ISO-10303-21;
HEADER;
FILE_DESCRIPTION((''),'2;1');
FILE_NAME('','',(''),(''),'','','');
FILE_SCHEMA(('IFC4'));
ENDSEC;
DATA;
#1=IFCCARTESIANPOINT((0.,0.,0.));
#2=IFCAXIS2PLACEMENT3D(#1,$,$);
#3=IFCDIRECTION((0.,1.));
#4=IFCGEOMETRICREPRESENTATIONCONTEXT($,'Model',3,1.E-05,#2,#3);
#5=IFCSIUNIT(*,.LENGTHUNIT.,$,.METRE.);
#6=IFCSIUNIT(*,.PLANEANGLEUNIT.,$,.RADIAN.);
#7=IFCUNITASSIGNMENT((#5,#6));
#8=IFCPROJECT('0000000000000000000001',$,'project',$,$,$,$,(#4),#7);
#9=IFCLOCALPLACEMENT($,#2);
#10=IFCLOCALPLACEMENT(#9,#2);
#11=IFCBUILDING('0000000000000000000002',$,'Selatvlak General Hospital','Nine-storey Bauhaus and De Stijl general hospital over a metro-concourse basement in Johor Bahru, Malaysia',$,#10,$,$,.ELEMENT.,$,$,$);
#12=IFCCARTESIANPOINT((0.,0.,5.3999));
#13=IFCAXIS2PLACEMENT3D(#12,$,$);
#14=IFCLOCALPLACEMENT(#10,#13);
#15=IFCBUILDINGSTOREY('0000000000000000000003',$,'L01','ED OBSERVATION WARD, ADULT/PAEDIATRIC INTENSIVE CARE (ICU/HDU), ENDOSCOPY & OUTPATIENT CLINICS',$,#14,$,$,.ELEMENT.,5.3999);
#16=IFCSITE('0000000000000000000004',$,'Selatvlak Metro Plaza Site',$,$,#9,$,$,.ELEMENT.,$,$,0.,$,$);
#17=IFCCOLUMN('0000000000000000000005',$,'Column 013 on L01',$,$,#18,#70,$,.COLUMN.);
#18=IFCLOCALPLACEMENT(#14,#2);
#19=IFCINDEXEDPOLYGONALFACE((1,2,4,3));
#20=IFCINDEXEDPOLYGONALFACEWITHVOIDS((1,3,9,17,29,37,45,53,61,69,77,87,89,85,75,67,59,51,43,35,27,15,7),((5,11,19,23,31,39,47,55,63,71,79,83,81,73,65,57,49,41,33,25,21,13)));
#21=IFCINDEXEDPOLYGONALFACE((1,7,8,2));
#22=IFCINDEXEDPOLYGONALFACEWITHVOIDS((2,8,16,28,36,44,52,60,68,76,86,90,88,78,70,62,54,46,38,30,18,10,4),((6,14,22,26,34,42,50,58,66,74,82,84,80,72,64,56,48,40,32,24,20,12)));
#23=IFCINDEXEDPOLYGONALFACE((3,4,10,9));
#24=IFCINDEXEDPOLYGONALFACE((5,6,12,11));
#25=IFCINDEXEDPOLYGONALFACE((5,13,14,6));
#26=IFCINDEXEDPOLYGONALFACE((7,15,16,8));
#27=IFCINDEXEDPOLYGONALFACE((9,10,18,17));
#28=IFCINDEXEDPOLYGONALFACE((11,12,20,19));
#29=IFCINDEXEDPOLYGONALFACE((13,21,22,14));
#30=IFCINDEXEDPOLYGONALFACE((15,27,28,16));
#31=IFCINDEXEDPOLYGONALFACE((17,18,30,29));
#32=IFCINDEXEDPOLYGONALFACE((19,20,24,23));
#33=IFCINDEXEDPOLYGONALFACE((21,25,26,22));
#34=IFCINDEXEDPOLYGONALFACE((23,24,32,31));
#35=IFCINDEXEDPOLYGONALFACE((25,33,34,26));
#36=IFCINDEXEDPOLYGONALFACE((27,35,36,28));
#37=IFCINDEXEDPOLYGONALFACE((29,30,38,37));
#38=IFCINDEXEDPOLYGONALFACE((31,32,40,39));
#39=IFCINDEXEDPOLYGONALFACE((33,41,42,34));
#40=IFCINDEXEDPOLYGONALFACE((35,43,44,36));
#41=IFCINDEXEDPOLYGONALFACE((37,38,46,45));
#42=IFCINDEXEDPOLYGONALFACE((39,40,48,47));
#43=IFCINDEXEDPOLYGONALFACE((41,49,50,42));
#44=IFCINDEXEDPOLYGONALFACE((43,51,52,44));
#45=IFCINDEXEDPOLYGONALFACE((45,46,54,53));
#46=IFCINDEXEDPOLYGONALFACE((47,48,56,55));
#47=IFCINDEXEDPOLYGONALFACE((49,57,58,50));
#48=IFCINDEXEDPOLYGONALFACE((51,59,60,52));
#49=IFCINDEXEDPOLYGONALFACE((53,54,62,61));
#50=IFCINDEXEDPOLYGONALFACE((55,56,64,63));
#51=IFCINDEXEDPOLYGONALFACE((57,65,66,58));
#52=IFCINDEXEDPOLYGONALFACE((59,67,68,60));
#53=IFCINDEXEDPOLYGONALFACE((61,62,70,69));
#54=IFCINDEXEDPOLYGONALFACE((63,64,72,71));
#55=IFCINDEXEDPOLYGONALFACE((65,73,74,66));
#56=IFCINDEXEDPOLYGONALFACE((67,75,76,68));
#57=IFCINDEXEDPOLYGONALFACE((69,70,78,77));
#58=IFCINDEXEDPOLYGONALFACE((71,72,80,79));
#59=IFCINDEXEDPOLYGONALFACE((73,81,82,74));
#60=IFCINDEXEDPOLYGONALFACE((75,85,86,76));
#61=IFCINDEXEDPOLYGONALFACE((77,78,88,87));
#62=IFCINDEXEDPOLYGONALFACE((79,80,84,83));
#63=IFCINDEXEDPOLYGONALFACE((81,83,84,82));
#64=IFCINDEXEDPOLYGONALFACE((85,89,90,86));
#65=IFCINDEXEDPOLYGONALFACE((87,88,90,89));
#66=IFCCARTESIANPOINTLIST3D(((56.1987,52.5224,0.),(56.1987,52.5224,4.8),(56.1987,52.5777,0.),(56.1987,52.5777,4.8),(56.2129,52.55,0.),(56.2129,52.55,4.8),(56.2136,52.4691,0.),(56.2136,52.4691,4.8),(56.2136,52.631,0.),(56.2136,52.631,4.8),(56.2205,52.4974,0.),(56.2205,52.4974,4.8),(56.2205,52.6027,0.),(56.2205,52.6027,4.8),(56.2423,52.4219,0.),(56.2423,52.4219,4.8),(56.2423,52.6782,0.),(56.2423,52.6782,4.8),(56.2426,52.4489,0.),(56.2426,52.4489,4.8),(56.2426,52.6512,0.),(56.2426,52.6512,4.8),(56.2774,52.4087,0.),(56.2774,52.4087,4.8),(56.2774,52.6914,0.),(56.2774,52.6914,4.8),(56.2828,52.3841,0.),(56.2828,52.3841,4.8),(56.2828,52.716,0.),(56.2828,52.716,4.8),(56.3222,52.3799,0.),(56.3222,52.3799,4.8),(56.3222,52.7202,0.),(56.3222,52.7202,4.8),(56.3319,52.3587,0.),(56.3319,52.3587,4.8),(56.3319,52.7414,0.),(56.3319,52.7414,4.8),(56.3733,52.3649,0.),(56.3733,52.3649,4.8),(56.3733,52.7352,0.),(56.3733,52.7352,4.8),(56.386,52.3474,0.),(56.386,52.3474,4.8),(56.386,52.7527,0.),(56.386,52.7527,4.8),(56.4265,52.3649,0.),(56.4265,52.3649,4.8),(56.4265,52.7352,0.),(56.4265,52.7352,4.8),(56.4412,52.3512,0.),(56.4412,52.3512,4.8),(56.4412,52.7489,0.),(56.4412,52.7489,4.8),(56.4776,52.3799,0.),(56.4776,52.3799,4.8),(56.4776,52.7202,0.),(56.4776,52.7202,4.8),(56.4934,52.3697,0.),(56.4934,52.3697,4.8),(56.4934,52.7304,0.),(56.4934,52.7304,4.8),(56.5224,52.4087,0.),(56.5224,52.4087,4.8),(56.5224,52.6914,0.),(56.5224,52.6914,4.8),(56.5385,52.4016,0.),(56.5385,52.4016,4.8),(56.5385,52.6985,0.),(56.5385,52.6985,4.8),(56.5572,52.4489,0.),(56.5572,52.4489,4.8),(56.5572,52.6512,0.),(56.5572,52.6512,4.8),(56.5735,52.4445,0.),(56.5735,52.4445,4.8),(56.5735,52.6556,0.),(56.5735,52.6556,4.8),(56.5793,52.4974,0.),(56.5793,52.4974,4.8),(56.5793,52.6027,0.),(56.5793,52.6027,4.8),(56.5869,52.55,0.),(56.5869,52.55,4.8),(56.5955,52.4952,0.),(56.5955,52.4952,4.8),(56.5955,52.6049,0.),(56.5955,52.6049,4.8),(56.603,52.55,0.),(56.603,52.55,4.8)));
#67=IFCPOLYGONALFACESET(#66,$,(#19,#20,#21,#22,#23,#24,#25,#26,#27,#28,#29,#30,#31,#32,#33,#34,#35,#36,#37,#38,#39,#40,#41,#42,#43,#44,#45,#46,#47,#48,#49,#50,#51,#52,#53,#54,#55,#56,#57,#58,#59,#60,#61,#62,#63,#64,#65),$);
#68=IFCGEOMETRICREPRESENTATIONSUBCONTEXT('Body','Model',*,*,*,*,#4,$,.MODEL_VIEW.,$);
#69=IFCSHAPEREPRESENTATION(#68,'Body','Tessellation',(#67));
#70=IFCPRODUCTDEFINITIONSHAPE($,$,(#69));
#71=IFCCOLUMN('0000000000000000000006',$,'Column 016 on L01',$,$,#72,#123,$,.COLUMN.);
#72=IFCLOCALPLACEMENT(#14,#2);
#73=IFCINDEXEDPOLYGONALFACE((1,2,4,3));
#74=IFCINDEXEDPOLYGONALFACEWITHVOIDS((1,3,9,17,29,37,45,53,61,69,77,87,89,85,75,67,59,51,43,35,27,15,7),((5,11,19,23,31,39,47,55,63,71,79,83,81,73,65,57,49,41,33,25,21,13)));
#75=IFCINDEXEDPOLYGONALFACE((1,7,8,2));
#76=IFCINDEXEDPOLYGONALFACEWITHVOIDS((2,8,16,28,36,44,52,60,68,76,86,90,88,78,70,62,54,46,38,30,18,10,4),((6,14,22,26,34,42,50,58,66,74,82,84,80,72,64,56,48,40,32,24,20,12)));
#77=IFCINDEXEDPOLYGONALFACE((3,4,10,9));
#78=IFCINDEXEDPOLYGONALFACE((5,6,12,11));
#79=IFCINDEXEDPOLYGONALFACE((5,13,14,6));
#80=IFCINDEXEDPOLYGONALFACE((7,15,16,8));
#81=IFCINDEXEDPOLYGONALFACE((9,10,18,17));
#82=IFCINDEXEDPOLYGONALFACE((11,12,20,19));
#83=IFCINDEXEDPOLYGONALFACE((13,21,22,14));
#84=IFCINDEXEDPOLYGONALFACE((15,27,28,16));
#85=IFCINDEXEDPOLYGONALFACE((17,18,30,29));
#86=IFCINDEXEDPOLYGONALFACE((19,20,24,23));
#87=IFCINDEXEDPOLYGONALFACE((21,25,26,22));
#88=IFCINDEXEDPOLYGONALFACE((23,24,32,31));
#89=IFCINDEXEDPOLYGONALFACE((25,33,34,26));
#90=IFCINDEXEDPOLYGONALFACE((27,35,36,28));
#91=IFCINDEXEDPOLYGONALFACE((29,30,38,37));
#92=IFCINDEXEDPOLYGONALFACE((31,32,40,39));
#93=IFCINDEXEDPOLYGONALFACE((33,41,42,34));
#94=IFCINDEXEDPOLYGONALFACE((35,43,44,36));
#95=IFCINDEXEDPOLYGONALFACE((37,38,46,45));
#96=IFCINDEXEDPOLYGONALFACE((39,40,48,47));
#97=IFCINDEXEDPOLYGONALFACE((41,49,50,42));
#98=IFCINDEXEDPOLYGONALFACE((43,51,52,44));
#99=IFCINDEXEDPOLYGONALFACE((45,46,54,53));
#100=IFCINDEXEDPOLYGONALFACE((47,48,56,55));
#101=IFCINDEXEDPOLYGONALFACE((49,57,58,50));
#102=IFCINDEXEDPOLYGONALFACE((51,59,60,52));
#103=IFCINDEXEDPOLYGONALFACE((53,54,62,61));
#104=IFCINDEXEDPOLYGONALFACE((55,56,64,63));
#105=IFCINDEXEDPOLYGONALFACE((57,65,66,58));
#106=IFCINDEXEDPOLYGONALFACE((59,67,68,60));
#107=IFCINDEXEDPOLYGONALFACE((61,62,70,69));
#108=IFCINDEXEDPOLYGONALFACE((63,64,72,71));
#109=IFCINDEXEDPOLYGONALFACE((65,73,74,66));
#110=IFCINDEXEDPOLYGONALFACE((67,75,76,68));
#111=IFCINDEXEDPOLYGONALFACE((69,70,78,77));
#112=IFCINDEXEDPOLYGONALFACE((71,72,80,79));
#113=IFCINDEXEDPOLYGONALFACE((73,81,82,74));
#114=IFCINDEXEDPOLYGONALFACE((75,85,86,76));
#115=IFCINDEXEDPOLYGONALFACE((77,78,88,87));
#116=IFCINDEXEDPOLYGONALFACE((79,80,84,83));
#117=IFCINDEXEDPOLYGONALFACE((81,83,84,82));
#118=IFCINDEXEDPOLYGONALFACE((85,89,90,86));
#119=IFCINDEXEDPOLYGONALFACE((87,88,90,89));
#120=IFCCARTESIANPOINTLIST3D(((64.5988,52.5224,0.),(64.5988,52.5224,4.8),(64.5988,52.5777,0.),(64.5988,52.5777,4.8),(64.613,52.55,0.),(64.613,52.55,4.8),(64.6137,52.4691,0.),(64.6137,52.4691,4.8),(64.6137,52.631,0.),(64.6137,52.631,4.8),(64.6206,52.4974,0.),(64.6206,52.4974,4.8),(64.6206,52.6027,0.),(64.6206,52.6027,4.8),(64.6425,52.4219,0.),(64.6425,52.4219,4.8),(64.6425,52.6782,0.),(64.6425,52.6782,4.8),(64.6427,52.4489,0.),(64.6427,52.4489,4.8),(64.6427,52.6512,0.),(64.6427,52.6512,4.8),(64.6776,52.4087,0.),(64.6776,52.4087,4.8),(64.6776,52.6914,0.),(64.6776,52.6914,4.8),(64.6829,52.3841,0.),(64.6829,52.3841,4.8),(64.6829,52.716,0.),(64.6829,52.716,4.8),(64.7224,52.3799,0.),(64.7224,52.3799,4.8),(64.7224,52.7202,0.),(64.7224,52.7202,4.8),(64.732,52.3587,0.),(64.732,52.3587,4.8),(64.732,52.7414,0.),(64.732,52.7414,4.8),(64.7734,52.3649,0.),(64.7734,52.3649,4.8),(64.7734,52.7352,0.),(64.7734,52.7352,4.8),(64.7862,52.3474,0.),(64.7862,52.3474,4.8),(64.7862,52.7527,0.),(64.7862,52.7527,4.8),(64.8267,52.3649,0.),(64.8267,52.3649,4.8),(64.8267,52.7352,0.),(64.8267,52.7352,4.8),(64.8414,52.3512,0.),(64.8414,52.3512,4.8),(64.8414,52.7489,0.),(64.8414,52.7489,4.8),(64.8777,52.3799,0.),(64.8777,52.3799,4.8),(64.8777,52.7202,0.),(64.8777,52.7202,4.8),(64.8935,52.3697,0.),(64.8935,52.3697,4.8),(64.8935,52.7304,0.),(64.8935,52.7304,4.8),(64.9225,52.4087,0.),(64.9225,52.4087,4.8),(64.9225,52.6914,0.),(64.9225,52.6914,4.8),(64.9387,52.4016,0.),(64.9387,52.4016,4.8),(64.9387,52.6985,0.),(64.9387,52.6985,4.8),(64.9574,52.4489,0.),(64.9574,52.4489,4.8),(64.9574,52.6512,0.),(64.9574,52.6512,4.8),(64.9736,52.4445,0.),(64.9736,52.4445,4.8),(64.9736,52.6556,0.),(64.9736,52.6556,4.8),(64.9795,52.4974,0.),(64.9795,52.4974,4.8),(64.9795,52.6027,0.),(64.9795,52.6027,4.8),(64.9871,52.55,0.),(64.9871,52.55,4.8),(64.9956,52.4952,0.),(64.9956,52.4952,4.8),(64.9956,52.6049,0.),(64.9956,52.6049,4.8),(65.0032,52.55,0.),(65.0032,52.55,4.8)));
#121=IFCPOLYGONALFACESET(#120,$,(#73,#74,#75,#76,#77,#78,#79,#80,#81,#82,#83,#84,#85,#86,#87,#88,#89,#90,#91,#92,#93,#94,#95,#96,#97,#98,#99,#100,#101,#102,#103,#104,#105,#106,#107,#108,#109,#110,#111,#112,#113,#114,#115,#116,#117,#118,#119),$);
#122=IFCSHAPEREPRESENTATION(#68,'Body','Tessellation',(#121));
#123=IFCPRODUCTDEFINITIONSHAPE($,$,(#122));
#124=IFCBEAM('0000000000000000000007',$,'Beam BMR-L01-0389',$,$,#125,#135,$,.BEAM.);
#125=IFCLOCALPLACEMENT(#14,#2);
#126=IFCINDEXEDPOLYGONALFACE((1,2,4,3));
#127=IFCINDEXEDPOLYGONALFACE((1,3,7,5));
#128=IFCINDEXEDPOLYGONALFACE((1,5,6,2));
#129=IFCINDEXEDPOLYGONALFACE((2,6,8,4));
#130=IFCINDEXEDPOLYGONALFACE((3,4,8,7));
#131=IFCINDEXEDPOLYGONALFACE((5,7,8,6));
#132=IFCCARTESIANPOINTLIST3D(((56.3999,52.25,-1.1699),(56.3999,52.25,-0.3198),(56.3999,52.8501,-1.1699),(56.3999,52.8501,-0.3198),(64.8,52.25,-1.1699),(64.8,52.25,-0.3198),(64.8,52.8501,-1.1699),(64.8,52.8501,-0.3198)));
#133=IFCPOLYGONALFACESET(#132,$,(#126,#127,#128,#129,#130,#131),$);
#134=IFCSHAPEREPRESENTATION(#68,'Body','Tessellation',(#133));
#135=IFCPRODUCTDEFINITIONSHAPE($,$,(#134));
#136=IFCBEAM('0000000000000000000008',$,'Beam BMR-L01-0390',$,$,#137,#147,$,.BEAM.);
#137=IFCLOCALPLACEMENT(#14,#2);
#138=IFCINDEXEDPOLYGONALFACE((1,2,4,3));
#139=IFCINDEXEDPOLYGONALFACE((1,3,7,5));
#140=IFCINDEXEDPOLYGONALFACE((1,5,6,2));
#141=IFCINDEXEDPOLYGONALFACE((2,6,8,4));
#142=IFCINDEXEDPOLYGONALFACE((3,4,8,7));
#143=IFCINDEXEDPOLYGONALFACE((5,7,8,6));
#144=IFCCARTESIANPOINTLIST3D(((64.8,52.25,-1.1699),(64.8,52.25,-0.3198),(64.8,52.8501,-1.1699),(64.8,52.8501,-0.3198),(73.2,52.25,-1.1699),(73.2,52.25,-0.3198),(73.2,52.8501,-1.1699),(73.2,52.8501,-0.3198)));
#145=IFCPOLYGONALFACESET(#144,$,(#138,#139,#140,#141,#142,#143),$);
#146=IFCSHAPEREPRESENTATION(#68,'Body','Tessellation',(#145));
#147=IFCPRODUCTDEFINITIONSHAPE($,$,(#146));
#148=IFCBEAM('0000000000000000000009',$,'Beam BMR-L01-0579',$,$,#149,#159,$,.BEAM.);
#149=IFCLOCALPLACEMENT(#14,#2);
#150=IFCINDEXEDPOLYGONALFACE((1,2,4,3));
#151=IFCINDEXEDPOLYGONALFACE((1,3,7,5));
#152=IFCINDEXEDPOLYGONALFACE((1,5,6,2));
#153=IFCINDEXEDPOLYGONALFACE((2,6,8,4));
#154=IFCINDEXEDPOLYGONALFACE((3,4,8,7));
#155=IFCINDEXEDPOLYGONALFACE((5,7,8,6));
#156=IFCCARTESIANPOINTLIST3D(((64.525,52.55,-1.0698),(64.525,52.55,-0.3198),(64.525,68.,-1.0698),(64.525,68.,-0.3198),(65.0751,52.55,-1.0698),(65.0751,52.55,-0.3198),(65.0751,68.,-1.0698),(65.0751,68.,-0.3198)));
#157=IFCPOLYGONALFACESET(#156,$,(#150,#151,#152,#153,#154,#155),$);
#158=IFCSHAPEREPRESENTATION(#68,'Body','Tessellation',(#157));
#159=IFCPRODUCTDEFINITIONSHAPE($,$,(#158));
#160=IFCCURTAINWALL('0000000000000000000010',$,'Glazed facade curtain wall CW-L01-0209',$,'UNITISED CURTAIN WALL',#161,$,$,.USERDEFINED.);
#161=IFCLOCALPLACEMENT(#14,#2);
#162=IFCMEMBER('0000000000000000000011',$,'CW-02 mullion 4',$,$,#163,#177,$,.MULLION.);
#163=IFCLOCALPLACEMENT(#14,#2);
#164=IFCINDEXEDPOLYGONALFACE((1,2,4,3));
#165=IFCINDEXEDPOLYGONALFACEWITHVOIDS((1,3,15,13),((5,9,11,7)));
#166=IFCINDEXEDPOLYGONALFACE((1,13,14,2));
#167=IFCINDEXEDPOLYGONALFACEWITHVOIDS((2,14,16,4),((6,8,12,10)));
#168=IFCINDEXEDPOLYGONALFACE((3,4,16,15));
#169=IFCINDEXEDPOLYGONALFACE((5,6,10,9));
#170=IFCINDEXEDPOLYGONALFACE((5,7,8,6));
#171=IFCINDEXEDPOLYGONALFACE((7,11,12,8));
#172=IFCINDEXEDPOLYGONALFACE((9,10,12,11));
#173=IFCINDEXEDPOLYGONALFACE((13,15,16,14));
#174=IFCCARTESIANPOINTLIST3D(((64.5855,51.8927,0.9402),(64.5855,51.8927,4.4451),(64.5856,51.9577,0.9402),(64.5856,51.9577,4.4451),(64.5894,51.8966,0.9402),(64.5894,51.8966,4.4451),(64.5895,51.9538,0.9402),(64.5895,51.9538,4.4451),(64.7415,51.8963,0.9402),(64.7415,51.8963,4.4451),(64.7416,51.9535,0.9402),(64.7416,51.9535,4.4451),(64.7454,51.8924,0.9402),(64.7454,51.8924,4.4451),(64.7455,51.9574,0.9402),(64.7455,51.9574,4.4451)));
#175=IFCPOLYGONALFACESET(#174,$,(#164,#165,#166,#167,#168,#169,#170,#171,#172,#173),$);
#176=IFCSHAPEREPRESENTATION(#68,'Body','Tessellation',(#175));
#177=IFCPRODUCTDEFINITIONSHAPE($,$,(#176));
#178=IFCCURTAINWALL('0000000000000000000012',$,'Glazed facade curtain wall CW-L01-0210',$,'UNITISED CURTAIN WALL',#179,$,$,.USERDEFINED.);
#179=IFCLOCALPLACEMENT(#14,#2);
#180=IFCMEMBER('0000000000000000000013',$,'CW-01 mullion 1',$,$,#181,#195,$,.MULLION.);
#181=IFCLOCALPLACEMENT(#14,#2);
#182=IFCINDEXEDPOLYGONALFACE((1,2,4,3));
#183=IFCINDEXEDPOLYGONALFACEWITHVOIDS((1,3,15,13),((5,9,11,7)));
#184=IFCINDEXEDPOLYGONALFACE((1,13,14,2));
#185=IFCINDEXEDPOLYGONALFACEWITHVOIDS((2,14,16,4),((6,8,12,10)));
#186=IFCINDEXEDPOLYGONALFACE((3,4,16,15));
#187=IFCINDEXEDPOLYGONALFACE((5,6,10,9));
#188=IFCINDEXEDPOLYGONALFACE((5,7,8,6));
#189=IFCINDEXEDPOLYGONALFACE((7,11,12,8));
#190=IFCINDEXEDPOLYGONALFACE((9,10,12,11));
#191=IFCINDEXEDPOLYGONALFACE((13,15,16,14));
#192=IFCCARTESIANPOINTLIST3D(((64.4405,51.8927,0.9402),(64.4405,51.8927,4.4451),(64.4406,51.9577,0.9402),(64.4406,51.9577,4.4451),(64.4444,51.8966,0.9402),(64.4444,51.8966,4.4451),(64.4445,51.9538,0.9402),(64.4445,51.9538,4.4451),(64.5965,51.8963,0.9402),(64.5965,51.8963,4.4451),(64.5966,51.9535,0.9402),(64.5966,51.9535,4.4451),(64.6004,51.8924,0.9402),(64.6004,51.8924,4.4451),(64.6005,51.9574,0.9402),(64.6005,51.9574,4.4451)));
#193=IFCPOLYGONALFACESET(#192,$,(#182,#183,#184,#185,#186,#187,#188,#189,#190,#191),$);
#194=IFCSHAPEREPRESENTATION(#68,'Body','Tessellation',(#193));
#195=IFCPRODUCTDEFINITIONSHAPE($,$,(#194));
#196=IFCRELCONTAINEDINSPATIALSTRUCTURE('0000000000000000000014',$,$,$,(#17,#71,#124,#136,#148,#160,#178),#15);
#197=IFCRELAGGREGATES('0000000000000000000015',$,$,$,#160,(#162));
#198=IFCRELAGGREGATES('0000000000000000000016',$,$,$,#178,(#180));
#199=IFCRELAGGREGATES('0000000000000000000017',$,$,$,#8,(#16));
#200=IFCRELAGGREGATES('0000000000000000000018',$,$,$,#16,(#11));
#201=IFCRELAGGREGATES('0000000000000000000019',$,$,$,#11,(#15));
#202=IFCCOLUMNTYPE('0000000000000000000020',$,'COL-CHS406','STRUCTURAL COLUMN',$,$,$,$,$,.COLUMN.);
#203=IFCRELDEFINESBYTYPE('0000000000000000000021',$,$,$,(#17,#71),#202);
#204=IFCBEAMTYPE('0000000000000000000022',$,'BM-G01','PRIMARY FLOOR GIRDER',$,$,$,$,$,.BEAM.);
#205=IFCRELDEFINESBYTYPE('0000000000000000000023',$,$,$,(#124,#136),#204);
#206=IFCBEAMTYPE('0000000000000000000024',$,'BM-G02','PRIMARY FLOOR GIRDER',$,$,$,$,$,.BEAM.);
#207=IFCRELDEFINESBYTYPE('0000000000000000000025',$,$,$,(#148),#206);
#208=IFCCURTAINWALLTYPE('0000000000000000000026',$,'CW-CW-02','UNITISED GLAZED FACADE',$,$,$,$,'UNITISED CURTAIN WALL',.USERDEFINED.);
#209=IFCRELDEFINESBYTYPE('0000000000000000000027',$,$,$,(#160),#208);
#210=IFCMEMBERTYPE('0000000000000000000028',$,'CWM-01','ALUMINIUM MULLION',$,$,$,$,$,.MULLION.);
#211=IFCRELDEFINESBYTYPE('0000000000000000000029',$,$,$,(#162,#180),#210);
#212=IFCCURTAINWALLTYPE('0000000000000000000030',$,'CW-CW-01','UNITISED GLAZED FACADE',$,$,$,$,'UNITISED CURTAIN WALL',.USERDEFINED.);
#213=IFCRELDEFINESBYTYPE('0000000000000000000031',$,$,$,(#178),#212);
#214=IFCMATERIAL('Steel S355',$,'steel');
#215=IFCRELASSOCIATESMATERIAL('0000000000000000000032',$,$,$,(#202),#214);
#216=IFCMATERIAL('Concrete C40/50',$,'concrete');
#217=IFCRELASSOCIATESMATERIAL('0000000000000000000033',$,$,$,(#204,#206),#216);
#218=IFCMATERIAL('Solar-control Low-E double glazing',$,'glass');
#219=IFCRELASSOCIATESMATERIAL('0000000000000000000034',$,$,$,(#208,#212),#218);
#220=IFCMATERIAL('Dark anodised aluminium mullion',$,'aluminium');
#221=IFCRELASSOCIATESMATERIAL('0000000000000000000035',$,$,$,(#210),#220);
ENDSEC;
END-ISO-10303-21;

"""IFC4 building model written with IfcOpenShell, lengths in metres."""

from ifc_helpers import new_model, si_unit, direction, frame, origin, origin_2d, place, context, subcontext, project, spatial, rectangle, hollow_rectangle, hollow_circle, extrude, material, material_profile, profile_set, type_object, element, aggregate, save


model = new_model("IFC4")

# Units and contexts
model_context = context("Model", 3, precision=1e-05, world=origin(), true_north=direction((0.0, 1.0)))
body_context = subcontext(model_context, "Body", "Model", "MODEL_VIEW")
ifc_project = project(units=[si_unit("LENGTHUNIT", "METRE"), si_unit("PLANEANGLEUNIT", "RADIAN")], contexts=[model_context])

# Site, building, storey
site_placement = place(None, origin())
site = spatial("IfcSite", under=ifc_project, at=site_placement, Name="Selatvlak Metro Plaza Site", CompositionType="ELEMENT", RefElevation=0.0)
building_placement = place(site_placement, origin())
building = spatial("IfcBuilding", under=site, at=building_placement, Name="Selatvlak General Hospital", Description="Nine-storey Bauhaus and De Stijl general hospital over a metro-concourse basement in Johor Bahru, Malaysia", CompositionType="ELEMENT")
storey_placement = place(building_placement, frame((0.0, 0.0, 5.3999)))
storey = spatial("IfcBuildingStorey", under=building, at=storey_placement, Name="L01", Description="ED OBSERVATION WARD, ADULT/PAEDIATRIC INTENSIVE CARE (ICU/HDU), ENDOSCOPY & OUTPATIENT CLINICS", CompositionType="ELEMENT", Elevation=5.3999)

# Columns
ifc_material_1 = material(Name="Steel S355", Category="steel")
ifc_material_profile_1 = material_profile(ifc_material_1, hollow_circle(Radius=0.2031, WallThickness=0.0161, at=origin_2d()), Name="CHS 406.4x16")
ifc_profile_set_1 = profile_set([ifc_material_profile_1], Name="Steel S355")
column_type = type_object("IfcColumnType", Name="COL-CHS406", Description="STRUCTURAL COLUMN", PredefinedType="COLUMN", material=ifc_profile_set_1)
for number, where, z_axis, x_axis, name in (
    (1, (56.3999, 52.55, 0.0), (0.0, 0.0, 1.0), (1.0, 0.0, 0.0), "Column 013 on L01"),
    (2, (64.8, 52.55, 0.0), (0.0, 0.0, 1.0), (1.0, 0.0, 0.0), "Column 016 on L01"),
):
    element("IfcColumn", number, at=place(storey_placement, frame(where, z_axis=z_axis, x_axis=x_axis)), inside=storey, type_object=column_type, Name=name, PredefinedType="COLUMN", context=body_context, shape_type="SweptSolid", body=[
        extrude(hollow_circle(Radius=0.2031, WallThickness=0.0161, at=origin_2d()), origin(), (0.0, 0.0, 1.0), 4.8),
    ])

# Beams
ifc_material_2 = material(Name="Concrete C40/50", Category="concrete")
ifc_material_profile_2 = material_profile(ifc_material_2, rectangle(XDim=0.6001, YDim=0.8501, at=origin_2d()), Name="RC-BM 600x850")
ifc_profile_set_2 = profile_set([ifc_material_profile_2], Name="Concrete C40/50")
beam_type_1 = type_object("IfcBeamType", Name="BM-G01", Description="PRIMARY FLOOR GIRDER", PredefinedType="BEAM", material=ifc_profile_set_2)
beam_1_placement = place(storey_placement, frame((56.3999, 52.55, -0.7449), z_axis=(1.0, 0.0, 0.0), x_axis=(0.0, 1.0, 0.0)))
element("IfcBeam", 3, at=beam_1_placement, inside=storey, type_object=beam_type_1, Name="Beam BMR-L01-0389", PredefinedType="BEAM", context=body_context, shape_type="SweptSolid", body=[
    extrude(rectangle(XDim=0.6001, YDim=0.8501, at=origin_2d()), origin(), (0.0, 0.0, 1.0), 8.4001),
])
beam_2_placement = place(storey_placement, frame((64.8, 52.55, -0.7449), z_axis=(1.0, 0.0, 0.0), x_axis=(0.0, 1.0, 0.0)))
element("IfcBeam", 4, at=beam_2_placement, inside=storey, type_object=beam_type_1, Name="Beam BMR-L01-0390", PredefinedType="BEAM", context=body_context, shape_type="SweptSolid", body=[
    extrude(rectangle(XDim=0.6001, YDim=0.8501, at=origin_2d()), origin(), (0.0, 0.0, 1.0), 8.3999),
])
ifc_material_profile_3 = material_profile(ifc_material_2, rectangle(XDim=0.55, YDim=0.75, at=origin_2d()), Name="RC-BM 550x750")
ifc_profile_set_3 = profile_set([ifc_material_profile_3], Name="Concrete C40/50")
beam_type_2 = type_object("IfcBeamType", Name="BM-G02", Description="PRIMARY FLOOR GIRDER", PredefinedType="BEAM", material=ifc_profile_set_3)
beam_3_placement = place(storey_placement, frame((64.8, 52.55, -0.6948), z_axis=(0.0, 1.0, 0.0), x_axis=(-1.0, 0.0, 0.0)))
element("IfcBeam", 5, at=beam_3_placement, inside=storey, type_object=beam_type_2, Name="Beam BMR-L01-0579", PredefinedType="BEAM", context=body_context, shape_type="SweptSolid", body=[
    extrude(rectangle(XDim=0.55, YDim=0.75, at=origin_2d()), origin(), (0.0, 0.0, 1.0), 15.45),
])

# Curtain wall, member
ifc_material_3 = material(Name="Solar-control Low-E double glazing", Category="glass")
curtain_wall_type_1 = type_object("IfcCurtainWallType", Name="CW-CW-02", Description="UNITISED GLAZED FACADE", ElementType="UNITISED CURTAIN WALL", PredefinedType="USERDEFINED", material=ifc_material_3)
curtain_wall_1_placement = place(storey_placement, origin())
curtain_wall_1 = element("IfcCurtainWall", 6, at=curtain_wall_1_placement, inside=storey, type_object=curtain_wall_type_1, Name="Glazed facade curtain wall CW-L01-0209", ObjectType="UNITISED CURTAIN WALL", PredefinedType="USERDEFINED")
ifc_material_4 = material(Name="Dark anodised aluminium mullion", Category="aluminium")
ifc_material_profile_4 = material_profile(ifc_material_4, hollow_rectangle(XDim=0.0649, YDim=0.1599, WallThickness=0.0039, at=origin_2d()), Name="AL-MUL 65x160x4")
ifc_profile_set_4 = profile_set([ifc_material_profile_4], Name="Dark anodised aluminium mullion")
member_type_1 = type_object("IfcMemberType", Name="CWM-01", Description="ALUMINIUM MULLION", PredefinedType="MULLION", material=ifc_profile_set_4)
member_1_placement = place(storey_placement, frame((64.6655, 51.925, 0.9402), z_axis=(0.0, 0.0, 1.0), x_axis=(-0.001811, -0.999998, 0.0)))
member_1 = element("IfcMember", 7, at=member_1_placement, type_object=member_type_1, Name="CW-02 mullion 4", PredefinedType="MULLION", context=body_context, shape_type="SweptSolid", body=[
    extrude(hollow_rectangle(XDim=0.0649, YDim=0.1599, WallThickness=0.0039, at=origin_2d()), origin(), (0.0, 0.0, 1.0), 3.5049),
])
aggregate(curtain_wall_1, [member_1])

# Curtain wall, member
curtain_wall_type_2 = type_object("IfcCurtainWallType", Name="CW-CW-01", Description="UNITISED GLAZED FACADE", ElementType="UNITISED CURTAIN WALL", PredefinedType="USERDEFINED", material=ifc_material_3)
curtain_wall_2_placement = place(storey_placement, origin())
curtain_wall_2 = element("IfcCurtainWall", 8, at=curtain_wall_2_placement, inside=storey, type_object=curtain_wall_type_2, Name="Glazed facade curtain wall CW-L01-0210", ObjectType="UNITISED CURTAIN WALL", PredefinedType="USERDEFINED")
member_2_placement = place(storey_placement, frame((64.5205, 51.925, 0.9402), z_axis=(0.0, 0.0, 1.0), x_axis=(-0.001811, -0.999998, 0.0)))
member_2 = element("IfcMember", 9, at=member_2_placement, type_object=member_type_1, Name="CW-01 mullion 1", PredefinedType="MULLION", context=body_context, shape_type="SweptSolid", body=[
    extrude(hollow_rectangle(XDim=0.0649, YDim=0.1599, WallThickness=0.0039, at=origin_2d()), origin(), (0.0, 0.0, 1.0), 3.5049),
])

aggregate(curtain_wall_2, [member_2])

save(model, "model.ifc")
